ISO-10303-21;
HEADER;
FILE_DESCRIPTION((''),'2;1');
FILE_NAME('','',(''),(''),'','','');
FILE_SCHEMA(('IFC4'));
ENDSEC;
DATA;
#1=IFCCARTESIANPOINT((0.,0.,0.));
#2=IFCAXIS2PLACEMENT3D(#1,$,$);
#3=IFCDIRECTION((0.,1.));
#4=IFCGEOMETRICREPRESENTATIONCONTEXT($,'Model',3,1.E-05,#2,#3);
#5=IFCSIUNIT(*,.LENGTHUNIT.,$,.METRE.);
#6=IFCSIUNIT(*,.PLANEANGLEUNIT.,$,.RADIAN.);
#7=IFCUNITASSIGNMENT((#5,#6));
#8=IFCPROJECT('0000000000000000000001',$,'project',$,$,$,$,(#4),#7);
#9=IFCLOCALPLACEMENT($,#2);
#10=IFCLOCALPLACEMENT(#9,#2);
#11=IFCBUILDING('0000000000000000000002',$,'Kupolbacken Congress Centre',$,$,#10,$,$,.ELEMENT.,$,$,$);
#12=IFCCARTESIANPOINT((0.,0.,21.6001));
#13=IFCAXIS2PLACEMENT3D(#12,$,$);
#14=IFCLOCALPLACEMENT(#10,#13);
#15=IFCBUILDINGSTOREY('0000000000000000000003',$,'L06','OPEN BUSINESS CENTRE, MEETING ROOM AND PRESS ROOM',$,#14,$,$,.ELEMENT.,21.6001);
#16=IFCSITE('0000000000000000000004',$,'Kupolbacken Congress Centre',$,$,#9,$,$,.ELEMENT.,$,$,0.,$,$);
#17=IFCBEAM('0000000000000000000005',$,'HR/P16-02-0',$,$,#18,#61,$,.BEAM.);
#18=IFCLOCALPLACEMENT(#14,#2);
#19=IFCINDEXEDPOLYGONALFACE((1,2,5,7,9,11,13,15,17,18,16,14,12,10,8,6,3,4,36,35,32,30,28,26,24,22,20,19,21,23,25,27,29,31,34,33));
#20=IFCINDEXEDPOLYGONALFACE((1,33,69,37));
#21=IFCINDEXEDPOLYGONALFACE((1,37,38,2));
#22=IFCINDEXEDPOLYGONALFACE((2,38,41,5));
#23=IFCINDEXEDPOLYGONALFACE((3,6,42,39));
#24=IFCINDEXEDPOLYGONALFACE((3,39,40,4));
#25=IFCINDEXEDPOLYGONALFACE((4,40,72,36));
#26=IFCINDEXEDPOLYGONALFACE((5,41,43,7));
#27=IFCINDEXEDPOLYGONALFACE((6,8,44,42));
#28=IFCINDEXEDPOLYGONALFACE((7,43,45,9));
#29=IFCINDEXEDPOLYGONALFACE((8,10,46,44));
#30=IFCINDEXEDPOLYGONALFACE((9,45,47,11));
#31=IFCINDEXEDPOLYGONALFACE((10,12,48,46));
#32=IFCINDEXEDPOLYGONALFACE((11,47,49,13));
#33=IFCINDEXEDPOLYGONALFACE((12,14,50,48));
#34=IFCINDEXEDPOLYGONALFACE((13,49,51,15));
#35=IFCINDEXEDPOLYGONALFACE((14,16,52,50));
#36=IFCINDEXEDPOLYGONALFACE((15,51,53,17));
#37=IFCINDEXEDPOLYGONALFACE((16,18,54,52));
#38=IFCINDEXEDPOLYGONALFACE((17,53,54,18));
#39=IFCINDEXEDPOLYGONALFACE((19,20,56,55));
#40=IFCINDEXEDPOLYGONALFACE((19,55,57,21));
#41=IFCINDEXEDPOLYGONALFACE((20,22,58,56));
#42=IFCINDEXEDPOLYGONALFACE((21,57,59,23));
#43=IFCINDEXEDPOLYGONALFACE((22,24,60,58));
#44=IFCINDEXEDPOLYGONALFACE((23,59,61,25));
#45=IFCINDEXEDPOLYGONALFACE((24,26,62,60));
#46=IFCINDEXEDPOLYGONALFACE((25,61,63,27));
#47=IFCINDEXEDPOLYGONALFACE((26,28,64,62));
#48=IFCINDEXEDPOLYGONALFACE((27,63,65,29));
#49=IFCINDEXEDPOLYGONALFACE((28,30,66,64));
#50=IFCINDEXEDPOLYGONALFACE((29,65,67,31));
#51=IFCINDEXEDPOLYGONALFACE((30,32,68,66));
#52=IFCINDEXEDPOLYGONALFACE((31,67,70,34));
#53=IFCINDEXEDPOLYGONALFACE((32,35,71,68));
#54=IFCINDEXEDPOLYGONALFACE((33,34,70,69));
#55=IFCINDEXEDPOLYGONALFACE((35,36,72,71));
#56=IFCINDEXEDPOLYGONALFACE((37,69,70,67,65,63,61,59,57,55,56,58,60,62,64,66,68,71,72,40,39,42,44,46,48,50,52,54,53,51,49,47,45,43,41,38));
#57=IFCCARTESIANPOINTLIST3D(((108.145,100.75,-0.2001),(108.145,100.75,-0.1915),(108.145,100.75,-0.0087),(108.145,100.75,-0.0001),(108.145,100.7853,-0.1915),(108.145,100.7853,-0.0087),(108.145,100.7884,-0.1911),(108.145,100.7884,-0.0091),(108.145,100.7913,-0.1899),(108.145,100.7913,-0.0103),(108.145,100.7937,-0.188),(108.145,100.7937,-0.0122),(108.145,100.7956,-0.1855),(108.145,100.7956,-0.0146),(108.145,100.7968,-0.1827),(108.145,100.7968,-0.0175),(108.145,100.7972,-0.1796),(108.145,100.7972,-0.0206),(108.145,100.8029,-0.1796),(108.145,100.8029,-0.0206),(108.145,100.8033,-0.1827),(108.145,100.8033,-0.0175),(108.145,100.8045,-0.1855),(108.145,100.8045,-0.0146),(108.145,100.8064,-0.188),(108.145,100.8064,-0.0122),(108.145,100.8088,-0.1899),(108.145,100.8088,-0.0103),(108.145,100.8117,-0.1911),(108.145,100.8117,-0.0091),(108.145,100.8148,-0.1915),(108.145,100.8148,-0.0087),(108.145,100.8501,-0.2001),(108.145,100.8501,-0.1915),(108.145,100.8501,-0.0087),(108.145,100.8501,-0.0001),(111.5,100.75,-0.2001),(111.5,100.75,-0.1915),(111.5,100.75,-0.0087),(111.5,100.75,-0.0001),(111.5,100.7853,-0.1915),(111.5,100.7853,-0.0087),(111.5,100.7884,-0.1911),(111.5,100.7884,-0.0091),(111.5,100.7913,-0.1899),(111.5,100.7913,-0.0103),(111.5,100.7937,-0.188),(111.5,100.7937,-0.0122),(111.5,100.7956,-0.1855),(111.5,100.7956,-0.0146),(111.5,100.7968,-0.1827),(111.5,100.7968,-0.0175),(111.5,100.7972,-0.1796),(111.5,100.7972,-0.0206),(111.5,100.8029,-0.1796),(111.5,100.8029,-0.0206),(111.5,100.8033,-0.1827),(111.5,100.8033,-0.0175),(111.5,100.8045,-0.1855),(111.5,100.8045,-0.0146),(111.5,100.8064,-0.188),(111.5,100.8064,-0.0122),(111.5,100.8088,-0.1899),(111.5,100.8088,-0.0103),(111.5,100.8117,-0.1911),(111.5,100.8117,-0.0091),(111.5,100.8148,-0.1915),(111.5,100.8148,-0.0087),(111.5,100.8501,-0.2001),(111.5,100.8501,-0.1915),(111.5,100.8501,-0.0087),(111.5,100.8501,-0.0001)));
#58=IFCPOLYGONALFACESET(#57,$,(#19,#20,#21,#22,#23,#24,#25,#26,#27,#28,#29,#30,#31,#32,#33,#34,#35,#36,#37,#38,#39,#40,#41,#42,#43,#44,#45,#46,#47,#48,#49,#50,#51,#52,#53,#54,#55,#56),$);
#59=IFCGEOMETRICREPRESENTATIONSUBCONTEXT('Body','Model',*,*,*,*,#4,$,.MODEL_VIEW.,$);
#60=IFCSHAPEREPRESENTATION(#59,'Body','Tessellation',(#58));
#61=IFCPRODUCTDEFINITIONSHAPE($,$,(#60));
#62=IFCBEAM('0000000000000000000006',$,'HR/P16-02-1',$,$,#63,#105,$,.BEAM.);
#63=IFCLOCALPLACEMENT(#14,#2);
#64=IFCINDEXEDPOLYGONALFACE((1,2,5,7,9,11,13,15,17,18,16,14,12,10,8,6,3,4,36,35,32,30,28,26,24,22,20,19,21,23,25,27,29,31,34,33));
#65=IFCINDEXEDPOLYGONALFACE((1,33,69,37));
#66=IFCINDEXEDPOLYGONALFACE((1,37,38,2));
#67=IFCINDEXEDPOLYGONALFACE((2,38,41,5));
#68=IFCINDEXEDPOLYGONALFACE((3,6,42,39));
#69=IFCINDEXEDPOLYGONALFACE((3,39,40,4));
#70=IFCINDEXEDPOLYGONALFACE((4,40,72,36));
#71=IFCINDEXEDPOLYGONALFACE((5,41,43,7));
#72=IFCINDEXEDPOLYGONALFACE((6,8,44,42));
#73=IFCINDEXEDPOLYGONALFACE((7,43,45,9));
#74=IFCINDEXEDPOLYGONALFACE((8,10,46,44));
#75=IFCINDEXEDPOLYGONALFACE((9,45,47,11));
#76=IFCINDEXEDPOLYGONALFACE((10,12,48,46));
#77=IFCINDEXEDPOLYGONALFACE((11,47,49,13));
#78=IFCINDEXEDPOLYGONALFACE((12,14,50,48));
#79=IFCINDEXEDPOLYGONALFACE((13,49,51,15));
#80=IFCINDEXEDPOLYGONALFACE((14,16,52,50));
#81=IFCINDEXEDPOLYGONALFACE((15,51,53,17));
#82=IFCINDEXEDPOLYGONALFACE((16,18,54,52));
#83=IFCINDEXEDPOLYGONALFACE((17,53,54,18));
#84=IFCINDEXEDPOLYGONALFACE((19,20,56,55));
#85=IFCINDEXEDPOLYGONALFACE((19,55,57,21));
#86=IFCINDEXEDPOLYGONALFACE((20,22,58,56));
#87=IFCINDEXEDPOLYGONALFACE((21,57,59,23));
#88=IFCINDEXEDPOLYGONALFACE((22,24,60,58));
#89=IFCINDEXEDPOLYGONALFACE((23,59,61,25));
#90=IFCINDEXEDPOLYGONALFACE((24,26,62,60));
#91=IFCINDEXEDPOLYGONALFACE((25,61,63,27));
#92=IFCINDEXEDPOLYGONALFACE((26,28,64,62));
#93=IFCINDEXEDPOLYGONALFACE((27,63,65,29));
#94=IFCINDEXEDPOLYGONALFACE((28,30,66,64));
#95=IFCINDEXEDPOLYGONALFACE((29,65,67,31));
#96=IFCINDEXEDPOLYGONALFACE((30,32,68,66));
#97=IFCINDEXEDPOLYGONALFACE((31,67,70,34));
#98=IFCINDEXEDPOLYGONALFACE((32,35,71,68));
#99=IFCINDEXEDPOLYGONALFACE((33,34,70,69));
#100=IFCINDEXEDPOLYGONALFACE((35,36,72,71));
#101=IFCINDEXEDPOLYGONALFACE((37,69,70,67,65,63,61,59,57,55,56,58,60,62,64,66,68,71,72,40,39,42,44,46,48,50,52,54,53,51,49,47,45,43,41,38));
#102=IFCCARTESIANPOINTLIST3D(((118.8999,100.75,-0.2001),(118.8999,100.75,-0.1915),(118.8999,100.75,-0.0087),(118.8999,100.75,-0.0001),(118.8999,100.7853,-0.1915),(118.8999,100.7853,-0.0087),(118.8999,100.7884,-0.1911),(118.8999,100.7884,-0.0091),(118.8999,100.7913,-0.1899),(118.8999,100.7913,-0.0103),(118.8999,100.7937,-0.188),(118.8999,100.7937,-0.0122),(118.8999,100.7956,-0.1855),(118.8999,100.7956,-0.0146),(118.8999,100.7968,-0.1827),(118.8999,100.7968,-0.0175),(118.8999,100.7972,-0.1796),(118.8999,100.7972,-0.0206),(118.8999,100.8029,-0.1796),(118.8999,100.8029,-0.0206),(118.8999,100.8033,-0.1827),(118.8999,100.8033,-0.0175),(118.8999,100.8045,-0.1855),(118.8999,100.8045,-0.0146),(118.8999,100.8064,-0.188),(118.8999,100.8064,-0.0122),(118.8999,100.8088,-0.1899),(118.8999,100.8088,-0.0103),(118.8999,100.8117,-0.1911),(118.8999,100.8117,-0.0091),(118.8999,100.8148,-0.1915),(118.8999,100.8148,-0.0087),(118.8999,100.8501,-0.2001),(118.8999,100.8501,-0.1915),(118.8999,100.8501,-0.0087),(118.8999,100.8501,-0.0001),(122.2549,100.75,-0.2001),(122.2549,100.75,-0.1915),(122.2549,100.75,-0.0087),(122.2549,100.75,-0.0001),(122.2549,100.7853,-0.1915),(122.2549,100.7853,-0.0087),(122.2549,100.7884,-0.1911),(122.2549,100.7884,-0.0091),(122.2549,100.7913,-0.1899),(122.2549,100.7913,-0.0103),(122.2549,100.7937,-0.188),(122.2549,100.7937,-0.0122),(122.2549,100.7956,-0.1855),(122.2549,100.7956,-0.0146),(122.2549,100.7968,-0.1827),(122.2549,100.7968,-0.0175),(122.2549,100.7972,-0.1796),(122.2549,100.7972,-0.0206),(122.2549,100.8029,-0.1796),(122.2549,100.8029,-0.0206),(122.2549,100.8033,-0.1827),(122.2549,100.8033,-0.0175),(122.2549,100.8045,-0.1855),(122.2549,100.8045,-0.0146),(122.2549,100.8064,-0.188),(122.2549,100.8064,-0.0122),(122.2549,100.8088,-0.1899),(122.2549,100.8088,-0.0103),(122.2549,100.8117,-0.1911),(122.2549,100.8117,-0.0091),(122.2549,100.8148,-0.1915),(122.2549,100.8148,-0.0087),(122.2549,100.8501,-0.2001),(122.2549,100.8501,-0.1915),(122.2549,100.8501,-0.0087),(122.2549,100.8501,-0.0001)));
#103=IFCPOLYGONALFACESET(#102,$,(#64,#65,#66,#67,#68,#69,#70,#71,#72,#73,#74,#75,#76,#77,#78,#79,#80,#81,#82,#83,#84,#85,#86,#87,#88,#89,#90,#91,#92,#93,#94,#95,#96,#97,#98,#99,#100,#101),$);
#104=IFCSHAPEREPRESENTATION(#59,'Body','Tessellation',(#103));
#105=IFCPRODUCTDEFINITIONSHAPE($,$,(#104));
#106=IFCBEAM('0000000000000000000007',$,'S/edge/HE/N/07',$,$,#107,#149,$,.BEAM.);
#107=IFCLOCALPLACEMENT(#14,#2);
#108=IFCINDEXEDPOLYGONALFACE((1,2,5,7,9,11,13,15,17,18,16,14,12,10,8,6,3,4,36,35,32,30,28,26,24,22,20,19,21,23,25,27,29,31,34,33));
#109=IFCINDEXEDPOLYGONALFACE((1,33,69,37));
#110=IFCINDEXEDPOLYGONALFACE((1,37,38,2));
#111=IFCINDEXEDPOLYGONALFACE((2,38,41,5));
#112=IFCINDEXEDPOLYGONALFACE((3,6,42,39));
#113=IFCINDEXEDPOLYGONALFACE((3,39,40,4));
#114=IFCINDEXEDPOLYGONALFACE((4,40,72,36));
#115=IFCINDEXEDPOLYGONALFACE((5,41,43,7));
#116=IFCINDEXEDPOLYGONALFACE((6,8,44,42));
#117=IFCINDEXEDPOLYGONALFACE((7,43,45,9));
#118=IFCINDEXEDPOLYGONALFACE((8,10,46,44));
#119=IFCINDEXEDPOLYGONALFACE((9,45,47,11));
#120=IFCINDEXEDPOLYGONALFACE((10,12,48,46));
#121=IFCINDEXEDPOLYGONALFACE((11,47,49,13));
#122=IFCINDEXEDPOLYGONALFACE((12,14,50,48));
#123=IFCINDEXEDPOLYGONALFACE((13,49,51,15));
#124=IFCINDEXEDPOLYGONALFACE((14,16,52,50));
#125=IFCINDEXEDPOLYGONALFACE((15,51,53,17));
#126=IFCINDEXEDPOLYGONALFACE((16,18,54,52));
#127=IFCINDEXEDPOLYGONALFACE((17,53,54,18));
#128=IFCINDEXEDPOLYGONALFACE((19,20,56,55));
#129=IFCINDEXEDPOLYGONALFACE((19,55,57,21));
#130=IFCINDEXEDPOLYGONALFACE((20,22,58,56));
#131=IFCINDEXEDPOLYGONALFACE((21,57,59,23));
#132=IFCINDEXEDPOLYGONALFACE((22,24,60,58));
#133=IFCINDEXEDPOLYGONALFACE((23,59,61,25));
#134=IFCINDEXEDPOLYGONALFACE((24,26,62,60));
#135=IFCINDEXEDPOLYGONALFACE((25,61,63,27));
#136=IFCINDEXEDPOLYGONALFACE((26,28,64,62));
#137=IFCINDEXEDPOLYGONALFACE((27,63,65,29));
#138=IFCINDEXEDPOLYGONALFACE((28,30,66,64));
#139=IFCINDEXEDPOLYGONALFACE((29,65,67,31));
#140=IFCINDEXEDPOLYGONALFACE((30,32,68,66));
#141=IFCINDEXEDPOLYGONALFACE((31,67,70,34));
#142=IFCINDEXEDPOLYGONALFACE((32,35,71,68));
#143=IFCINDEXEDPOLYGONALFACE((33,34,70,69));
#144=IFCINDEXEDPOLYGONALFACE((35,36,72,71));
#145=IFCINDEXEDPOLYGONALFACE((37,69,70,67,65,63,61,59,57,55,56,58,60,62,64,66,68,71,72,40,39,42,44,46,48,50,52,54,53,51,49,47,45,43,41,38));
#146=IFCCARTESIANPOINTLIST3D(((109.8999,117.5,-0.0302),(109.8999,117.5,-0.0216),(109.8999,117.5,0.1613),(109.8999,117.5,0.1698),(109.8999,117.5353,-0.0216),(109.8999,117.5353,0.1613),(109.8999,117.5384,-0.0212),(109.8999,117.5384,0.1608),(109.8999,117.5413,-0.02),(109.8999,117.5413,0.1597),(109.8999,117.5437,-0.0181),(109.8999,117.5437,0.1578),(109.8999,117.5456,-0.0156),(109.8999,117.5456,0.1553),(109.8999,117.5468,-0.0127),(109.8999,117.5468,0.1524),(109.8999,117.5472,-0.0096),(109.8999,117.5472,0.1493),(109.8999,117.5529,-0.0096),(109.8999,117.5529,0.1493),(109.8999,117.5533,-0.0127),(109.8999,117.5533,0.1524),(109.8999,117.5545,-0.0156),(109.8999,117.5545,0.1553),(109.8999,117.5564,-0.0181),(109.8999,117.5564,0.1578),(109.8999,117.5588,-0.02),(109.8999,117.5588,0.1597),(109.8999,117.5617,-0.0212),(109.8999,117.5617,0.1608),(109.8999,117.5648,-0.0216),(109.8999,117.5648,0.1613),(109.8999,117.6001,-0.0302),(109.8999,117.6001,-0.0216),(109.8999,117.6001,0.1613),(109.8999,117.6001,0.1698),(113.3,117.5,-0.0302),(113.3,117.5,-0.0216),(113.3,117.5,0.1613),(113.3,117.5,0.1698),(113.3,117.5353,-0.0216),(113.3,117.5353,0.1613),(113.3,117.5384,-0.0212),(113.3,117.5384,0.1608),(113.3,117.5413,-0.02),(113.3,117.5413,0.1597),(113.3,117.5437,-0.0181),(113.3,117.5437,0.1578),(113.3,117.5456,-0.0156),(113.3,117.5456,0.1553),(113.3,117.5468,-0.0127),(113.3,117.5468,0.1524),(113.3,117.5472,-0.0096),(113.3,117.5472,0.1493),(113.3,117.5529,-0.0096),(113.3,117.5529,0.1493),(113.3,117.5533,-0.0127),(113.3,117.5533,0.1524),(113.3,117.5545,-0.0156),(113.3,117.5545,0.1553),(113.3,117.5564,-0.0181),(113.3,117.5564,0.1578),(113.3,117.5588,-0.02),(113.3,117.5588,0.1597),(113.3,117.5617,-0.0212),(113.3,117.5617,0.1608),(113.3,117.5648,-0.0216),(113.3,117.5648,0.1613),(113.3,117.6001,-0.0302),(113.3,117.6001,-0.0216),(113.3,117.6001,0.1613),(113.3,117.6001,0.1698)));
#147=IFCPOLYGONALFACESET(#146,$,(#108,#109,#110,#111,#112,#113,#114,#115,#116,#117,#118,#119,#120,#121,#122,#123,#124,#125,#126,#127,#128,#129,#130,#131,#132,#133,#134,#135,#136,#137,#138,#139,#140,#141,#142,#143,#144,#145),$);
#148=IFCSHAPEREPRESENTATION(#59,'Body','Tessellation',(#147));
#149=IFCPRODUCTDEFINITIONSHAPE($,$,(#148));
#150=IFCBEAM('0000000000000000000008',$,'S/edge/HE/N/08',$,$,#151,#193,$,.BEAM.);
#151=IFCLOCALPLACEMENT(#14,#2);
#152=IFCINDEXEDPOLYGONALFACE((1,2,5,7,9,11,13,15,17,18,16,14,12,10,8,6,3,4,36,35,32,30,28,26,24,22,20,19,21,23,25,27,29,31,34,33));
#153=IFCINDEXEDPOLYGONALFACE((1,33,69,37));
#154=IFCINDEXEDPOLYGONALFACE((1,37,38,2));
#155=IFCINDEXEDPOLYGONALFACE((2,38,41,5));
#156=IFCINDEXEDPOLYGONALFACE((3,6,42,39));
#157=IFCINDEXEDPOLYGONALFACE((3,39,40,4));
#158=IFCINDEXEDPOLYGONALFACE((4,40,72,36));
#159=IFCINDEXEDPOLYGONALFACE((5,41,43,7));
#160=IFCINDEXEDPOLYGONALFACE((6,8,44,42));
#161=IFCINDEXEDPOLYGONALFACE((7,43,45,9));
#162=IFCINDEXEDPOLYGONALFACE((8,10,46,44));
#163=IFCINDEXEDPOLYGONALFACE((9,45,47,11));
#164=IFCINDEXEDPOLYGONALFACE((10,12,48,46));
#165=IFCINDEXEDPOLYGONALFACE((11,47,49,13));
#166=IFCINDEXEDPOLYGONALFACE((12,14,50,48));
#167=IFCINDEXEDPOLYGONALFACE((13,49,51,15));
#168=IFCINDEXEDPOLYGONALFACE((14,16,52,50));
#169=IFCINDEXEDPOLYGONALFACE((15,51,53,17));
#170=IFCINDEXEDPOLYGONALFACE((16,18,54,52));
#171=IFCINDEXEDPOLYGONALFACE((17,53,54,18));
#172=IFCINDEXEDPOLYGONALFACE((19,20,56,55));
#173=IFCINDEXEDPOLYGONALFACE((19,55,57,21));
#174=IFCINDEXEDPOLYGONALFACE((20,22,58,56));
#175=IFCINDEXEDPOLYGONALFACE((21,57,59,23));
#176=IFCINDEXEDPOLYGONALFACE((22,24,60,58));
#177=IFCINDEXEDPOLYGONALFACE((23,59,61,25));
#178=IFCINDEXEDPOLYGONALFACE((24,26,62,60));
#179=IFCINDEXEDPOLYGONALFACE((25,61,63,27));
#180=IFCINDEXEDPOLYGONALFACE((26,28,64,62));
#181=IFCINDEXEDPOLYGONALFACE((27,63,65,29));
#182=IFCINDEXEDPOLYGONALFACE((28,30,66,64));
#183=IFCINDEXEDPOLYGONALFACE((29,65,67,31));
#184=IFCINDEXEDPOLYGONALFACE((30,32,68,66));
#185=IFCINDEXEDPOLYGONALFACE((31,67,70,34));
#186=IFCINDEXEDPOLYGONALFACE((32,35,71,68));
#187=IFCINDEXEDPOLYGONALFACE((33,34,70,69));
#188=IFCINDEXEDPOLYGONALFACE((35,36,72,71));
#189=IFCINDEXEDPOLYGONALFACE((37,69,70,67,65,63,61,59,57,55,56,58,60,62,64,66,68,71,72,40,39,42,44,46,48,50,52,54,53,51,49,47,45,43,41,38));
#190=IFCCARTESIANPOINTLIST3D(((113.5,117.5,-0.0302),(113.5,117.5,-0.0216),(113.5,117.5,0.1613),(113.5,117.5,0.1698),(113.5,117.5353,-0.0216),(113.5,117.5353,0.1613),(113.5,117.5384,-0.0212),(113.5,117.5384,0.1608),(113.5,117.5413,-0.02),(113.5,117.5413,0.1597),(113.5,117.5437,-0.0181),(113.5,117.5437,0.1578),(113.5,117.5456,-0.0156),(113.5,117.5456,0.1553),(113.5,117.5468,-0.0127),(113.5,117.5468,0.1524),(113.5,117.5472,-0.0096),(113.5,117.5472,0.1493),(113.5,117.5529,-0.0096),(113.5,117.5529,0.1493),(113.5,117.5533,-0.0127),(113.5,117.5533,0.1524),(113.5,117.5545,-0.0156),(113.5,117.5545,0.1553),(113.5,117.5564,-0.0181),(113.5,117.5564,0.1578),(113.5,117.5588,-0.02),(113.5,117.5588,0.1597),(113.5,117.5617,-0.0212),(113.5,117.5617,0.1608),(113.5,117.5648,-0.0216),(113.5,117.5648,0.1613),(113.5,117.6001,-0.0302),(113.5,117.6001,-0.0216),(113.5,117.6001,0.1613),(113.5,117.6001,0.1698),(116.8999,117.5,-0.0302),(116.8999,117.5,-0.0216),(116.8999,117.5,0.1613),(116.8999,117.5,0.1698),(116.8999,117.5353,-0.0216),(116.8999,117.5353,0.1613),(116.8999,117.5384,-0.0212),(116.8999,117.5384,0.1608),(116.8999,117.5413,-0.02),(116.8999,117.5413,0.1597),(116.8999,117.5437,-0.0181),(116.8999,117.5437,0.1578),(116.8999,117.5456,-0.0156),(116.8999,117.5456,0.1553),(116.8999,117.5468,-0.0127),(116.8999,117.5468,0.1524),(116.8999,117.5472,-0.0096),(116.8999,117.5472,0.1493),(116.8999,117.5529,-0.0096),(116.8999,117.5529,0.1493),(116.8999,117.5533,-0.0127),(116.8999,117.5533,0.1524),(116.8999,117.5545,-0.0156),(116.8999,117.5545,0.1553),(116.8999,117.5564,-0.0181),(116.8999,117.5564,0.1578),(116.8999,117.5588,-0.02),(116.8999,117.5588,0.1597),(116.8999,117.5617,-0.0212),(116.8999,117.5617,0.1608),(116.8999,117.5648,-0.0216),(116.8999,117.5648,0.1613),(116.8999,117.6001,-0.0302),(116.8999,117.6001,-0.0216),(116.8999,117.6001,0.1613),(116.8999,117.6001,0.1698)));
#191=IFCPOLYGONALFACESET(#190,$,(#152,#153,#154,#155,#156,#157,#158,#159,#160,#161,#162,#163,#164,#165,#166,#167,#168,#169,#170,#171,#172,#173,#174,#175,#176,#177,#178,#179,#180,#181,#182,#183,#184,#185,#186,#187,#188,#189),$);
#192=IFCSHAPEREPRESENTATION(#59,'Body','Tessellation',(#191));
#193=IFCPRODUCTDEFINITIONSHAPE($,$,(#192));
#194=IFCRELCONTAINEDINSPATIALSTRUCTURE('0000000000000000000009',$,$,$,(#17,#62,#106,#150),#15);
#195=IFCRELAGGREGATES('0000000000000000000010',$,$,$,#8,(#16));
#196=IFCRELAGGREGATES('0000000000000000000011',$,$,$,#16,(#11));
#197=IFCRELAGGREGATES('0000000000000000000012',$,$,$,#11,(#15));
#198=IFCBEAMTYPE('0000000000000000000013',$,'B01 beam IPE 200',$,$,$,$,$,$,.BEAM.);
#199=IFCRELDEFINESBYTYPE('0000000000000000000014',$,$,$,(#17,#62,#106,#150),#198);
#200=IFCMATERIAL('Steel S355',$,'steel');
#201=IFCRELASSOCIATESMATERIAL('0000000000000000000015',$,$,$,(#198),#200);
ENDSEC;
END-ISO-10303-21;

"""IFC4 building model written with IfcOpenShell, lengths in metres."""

from ifc_helpers import new_model, si_unit, direction, frame, origin, origin_2d, place, context, subcontext, project, spatial, i_section, extrude, material, material_profile, profile_set, type_object, element, save


model = new_model("IFC4")

# Units and contexts
model_context = context("Model", 3, precision=1e-05, world=origin(), true_north=direction((0.0, 1.0)))
body_context = subcontext(model_context, "Body", "Model", "MODEL_VIEW")
ifc_project = project(units=[si_unit("LENGTHUNIT", "METRE"), si_unit("PLANEANGLEUNIT", "RADIAN")], contexts=[model_context])

# Site, building, storey
site_placement = place(None, origin())
site = spatial("IfcSite", under=ifc_project, at=site_placement, Name="Kupolbacken Congress Centre", CompositionType="ELEMENT", RefElevation=0.0)
building_placement = place(site_placement, origin())
building = spatial("IfcBuilding", under=site, at=building_placement, Name="Kupolbacken Congress Centre", CompositionType="ELEMENT")
storey_placement = place(building_placement, frame((0.0, 0.0, 21.6001)))
storey = spatial("IfcBuildingStorey", under=building, at=storey_placement, Name="L06", Description="OPEN BUSINESS CENTRE, MEETING ROOM AND PRESS ROOM", CompositionType="ELEMENT", Elevation=21.6001)

# Beams
ifc_material_1 = material(Name="Steel S355", Category="steel")
ifc_material_profile_1 = material_profile(ifc_material_1, i_section(OverallWidth=0.1001, OverallDepth=0.2, WebThickness=0.0056, FlangeThickness=0.0085, FilletRadius=0.012, at=origin_2d()), Name="IPE 200")
ifc_profile_set_1 = profile_set([ifc_material_profile_1], Name="Steel S355")
beam_type_1 = type_object("IfcBeamType", Name="B01 beam IPE 200", PredefinedType="BEAM", material=ifc_profile_set_1)
for number, where, z_axis, x_axis, name in (
    (1, (108.145, 100.8, -0.1001), (1.0, 0.0, 0.0), (0.0, 1.0, 0.0), "HR/P16-02-0"),
    (2, (118.8999, 100.8, -0.1001), (1.0, 0.0, 0.0), (0.0, 1.0, 0.0), "HR/P16-02-1"),
):
    element("IfcBeam", number, at=place(storey_placement, frame(where, z_axis=z_axis, x_axis=x_axis)), inside=storey, type_object=beam_type_1, Name=name, PredefinedType="BEAM", context=body_context, shape_type="SweptSolid", body=[
        extrude(i_section(OverallWidth=0.1001, OverallDepth=0.2, WebThickness=0.0056, FlangeThickness=0.0085, FilletRadius=0.012, at=origin_2d()), origin(), (0.0, 0.0, 1.0), 3.355),
    ])
beam_1_placement = place(storey_placement, frame((109.8999, 117.55, 0.0698), z_axis=(1.0, 0.0, 0.0), x_axis=(0.0, 1.0, 0.0)))
element("IfcBeam", 3, at=beam_1_placement, inside=storey, type_object=beam_type_1, Name="S/edge/HE/N/07", PredefinedType="BEAM", context=body_context, shape_type="SweptSolid", body=[
    extrude(i_section(OverallWidth=0.1001, OverallDepth=0.2, WebThickness=0.0056, FlangeThickness=0.0085, FilletRadius=0.012, at=origin_2d()), origin(), (0.0, 0.0, 1.0), 3.4001),
])
for number, where, z_axis, x_axis, name in (
    (4, (113.5, 117.55, 0.0698), (1.0, 0.0, 0.0), (0.0, 1.0, 0.0), "S/edge/HE/N/08"),
):
    element("IfcBeam", number, at=place(storey_placement, frame(where, z_axis=z_axis, x_axis=x_axis)), inside=storey, type_object=beam_type_1, Name=name, PredefinedType="BEAM", context=body_context, shape_type="SweptSolid", body=[
        extrude(i_section(OverallWidth=0.1001, OverallDepth=0.2, WebThickness=0.0056, FlangeThickness=0.0085, FilletRadius=0.012, at=origin_2d()), origin(), (0.0, 0.0, 1.0), 3.3999),
    ])

save(model, "model.ifc")
